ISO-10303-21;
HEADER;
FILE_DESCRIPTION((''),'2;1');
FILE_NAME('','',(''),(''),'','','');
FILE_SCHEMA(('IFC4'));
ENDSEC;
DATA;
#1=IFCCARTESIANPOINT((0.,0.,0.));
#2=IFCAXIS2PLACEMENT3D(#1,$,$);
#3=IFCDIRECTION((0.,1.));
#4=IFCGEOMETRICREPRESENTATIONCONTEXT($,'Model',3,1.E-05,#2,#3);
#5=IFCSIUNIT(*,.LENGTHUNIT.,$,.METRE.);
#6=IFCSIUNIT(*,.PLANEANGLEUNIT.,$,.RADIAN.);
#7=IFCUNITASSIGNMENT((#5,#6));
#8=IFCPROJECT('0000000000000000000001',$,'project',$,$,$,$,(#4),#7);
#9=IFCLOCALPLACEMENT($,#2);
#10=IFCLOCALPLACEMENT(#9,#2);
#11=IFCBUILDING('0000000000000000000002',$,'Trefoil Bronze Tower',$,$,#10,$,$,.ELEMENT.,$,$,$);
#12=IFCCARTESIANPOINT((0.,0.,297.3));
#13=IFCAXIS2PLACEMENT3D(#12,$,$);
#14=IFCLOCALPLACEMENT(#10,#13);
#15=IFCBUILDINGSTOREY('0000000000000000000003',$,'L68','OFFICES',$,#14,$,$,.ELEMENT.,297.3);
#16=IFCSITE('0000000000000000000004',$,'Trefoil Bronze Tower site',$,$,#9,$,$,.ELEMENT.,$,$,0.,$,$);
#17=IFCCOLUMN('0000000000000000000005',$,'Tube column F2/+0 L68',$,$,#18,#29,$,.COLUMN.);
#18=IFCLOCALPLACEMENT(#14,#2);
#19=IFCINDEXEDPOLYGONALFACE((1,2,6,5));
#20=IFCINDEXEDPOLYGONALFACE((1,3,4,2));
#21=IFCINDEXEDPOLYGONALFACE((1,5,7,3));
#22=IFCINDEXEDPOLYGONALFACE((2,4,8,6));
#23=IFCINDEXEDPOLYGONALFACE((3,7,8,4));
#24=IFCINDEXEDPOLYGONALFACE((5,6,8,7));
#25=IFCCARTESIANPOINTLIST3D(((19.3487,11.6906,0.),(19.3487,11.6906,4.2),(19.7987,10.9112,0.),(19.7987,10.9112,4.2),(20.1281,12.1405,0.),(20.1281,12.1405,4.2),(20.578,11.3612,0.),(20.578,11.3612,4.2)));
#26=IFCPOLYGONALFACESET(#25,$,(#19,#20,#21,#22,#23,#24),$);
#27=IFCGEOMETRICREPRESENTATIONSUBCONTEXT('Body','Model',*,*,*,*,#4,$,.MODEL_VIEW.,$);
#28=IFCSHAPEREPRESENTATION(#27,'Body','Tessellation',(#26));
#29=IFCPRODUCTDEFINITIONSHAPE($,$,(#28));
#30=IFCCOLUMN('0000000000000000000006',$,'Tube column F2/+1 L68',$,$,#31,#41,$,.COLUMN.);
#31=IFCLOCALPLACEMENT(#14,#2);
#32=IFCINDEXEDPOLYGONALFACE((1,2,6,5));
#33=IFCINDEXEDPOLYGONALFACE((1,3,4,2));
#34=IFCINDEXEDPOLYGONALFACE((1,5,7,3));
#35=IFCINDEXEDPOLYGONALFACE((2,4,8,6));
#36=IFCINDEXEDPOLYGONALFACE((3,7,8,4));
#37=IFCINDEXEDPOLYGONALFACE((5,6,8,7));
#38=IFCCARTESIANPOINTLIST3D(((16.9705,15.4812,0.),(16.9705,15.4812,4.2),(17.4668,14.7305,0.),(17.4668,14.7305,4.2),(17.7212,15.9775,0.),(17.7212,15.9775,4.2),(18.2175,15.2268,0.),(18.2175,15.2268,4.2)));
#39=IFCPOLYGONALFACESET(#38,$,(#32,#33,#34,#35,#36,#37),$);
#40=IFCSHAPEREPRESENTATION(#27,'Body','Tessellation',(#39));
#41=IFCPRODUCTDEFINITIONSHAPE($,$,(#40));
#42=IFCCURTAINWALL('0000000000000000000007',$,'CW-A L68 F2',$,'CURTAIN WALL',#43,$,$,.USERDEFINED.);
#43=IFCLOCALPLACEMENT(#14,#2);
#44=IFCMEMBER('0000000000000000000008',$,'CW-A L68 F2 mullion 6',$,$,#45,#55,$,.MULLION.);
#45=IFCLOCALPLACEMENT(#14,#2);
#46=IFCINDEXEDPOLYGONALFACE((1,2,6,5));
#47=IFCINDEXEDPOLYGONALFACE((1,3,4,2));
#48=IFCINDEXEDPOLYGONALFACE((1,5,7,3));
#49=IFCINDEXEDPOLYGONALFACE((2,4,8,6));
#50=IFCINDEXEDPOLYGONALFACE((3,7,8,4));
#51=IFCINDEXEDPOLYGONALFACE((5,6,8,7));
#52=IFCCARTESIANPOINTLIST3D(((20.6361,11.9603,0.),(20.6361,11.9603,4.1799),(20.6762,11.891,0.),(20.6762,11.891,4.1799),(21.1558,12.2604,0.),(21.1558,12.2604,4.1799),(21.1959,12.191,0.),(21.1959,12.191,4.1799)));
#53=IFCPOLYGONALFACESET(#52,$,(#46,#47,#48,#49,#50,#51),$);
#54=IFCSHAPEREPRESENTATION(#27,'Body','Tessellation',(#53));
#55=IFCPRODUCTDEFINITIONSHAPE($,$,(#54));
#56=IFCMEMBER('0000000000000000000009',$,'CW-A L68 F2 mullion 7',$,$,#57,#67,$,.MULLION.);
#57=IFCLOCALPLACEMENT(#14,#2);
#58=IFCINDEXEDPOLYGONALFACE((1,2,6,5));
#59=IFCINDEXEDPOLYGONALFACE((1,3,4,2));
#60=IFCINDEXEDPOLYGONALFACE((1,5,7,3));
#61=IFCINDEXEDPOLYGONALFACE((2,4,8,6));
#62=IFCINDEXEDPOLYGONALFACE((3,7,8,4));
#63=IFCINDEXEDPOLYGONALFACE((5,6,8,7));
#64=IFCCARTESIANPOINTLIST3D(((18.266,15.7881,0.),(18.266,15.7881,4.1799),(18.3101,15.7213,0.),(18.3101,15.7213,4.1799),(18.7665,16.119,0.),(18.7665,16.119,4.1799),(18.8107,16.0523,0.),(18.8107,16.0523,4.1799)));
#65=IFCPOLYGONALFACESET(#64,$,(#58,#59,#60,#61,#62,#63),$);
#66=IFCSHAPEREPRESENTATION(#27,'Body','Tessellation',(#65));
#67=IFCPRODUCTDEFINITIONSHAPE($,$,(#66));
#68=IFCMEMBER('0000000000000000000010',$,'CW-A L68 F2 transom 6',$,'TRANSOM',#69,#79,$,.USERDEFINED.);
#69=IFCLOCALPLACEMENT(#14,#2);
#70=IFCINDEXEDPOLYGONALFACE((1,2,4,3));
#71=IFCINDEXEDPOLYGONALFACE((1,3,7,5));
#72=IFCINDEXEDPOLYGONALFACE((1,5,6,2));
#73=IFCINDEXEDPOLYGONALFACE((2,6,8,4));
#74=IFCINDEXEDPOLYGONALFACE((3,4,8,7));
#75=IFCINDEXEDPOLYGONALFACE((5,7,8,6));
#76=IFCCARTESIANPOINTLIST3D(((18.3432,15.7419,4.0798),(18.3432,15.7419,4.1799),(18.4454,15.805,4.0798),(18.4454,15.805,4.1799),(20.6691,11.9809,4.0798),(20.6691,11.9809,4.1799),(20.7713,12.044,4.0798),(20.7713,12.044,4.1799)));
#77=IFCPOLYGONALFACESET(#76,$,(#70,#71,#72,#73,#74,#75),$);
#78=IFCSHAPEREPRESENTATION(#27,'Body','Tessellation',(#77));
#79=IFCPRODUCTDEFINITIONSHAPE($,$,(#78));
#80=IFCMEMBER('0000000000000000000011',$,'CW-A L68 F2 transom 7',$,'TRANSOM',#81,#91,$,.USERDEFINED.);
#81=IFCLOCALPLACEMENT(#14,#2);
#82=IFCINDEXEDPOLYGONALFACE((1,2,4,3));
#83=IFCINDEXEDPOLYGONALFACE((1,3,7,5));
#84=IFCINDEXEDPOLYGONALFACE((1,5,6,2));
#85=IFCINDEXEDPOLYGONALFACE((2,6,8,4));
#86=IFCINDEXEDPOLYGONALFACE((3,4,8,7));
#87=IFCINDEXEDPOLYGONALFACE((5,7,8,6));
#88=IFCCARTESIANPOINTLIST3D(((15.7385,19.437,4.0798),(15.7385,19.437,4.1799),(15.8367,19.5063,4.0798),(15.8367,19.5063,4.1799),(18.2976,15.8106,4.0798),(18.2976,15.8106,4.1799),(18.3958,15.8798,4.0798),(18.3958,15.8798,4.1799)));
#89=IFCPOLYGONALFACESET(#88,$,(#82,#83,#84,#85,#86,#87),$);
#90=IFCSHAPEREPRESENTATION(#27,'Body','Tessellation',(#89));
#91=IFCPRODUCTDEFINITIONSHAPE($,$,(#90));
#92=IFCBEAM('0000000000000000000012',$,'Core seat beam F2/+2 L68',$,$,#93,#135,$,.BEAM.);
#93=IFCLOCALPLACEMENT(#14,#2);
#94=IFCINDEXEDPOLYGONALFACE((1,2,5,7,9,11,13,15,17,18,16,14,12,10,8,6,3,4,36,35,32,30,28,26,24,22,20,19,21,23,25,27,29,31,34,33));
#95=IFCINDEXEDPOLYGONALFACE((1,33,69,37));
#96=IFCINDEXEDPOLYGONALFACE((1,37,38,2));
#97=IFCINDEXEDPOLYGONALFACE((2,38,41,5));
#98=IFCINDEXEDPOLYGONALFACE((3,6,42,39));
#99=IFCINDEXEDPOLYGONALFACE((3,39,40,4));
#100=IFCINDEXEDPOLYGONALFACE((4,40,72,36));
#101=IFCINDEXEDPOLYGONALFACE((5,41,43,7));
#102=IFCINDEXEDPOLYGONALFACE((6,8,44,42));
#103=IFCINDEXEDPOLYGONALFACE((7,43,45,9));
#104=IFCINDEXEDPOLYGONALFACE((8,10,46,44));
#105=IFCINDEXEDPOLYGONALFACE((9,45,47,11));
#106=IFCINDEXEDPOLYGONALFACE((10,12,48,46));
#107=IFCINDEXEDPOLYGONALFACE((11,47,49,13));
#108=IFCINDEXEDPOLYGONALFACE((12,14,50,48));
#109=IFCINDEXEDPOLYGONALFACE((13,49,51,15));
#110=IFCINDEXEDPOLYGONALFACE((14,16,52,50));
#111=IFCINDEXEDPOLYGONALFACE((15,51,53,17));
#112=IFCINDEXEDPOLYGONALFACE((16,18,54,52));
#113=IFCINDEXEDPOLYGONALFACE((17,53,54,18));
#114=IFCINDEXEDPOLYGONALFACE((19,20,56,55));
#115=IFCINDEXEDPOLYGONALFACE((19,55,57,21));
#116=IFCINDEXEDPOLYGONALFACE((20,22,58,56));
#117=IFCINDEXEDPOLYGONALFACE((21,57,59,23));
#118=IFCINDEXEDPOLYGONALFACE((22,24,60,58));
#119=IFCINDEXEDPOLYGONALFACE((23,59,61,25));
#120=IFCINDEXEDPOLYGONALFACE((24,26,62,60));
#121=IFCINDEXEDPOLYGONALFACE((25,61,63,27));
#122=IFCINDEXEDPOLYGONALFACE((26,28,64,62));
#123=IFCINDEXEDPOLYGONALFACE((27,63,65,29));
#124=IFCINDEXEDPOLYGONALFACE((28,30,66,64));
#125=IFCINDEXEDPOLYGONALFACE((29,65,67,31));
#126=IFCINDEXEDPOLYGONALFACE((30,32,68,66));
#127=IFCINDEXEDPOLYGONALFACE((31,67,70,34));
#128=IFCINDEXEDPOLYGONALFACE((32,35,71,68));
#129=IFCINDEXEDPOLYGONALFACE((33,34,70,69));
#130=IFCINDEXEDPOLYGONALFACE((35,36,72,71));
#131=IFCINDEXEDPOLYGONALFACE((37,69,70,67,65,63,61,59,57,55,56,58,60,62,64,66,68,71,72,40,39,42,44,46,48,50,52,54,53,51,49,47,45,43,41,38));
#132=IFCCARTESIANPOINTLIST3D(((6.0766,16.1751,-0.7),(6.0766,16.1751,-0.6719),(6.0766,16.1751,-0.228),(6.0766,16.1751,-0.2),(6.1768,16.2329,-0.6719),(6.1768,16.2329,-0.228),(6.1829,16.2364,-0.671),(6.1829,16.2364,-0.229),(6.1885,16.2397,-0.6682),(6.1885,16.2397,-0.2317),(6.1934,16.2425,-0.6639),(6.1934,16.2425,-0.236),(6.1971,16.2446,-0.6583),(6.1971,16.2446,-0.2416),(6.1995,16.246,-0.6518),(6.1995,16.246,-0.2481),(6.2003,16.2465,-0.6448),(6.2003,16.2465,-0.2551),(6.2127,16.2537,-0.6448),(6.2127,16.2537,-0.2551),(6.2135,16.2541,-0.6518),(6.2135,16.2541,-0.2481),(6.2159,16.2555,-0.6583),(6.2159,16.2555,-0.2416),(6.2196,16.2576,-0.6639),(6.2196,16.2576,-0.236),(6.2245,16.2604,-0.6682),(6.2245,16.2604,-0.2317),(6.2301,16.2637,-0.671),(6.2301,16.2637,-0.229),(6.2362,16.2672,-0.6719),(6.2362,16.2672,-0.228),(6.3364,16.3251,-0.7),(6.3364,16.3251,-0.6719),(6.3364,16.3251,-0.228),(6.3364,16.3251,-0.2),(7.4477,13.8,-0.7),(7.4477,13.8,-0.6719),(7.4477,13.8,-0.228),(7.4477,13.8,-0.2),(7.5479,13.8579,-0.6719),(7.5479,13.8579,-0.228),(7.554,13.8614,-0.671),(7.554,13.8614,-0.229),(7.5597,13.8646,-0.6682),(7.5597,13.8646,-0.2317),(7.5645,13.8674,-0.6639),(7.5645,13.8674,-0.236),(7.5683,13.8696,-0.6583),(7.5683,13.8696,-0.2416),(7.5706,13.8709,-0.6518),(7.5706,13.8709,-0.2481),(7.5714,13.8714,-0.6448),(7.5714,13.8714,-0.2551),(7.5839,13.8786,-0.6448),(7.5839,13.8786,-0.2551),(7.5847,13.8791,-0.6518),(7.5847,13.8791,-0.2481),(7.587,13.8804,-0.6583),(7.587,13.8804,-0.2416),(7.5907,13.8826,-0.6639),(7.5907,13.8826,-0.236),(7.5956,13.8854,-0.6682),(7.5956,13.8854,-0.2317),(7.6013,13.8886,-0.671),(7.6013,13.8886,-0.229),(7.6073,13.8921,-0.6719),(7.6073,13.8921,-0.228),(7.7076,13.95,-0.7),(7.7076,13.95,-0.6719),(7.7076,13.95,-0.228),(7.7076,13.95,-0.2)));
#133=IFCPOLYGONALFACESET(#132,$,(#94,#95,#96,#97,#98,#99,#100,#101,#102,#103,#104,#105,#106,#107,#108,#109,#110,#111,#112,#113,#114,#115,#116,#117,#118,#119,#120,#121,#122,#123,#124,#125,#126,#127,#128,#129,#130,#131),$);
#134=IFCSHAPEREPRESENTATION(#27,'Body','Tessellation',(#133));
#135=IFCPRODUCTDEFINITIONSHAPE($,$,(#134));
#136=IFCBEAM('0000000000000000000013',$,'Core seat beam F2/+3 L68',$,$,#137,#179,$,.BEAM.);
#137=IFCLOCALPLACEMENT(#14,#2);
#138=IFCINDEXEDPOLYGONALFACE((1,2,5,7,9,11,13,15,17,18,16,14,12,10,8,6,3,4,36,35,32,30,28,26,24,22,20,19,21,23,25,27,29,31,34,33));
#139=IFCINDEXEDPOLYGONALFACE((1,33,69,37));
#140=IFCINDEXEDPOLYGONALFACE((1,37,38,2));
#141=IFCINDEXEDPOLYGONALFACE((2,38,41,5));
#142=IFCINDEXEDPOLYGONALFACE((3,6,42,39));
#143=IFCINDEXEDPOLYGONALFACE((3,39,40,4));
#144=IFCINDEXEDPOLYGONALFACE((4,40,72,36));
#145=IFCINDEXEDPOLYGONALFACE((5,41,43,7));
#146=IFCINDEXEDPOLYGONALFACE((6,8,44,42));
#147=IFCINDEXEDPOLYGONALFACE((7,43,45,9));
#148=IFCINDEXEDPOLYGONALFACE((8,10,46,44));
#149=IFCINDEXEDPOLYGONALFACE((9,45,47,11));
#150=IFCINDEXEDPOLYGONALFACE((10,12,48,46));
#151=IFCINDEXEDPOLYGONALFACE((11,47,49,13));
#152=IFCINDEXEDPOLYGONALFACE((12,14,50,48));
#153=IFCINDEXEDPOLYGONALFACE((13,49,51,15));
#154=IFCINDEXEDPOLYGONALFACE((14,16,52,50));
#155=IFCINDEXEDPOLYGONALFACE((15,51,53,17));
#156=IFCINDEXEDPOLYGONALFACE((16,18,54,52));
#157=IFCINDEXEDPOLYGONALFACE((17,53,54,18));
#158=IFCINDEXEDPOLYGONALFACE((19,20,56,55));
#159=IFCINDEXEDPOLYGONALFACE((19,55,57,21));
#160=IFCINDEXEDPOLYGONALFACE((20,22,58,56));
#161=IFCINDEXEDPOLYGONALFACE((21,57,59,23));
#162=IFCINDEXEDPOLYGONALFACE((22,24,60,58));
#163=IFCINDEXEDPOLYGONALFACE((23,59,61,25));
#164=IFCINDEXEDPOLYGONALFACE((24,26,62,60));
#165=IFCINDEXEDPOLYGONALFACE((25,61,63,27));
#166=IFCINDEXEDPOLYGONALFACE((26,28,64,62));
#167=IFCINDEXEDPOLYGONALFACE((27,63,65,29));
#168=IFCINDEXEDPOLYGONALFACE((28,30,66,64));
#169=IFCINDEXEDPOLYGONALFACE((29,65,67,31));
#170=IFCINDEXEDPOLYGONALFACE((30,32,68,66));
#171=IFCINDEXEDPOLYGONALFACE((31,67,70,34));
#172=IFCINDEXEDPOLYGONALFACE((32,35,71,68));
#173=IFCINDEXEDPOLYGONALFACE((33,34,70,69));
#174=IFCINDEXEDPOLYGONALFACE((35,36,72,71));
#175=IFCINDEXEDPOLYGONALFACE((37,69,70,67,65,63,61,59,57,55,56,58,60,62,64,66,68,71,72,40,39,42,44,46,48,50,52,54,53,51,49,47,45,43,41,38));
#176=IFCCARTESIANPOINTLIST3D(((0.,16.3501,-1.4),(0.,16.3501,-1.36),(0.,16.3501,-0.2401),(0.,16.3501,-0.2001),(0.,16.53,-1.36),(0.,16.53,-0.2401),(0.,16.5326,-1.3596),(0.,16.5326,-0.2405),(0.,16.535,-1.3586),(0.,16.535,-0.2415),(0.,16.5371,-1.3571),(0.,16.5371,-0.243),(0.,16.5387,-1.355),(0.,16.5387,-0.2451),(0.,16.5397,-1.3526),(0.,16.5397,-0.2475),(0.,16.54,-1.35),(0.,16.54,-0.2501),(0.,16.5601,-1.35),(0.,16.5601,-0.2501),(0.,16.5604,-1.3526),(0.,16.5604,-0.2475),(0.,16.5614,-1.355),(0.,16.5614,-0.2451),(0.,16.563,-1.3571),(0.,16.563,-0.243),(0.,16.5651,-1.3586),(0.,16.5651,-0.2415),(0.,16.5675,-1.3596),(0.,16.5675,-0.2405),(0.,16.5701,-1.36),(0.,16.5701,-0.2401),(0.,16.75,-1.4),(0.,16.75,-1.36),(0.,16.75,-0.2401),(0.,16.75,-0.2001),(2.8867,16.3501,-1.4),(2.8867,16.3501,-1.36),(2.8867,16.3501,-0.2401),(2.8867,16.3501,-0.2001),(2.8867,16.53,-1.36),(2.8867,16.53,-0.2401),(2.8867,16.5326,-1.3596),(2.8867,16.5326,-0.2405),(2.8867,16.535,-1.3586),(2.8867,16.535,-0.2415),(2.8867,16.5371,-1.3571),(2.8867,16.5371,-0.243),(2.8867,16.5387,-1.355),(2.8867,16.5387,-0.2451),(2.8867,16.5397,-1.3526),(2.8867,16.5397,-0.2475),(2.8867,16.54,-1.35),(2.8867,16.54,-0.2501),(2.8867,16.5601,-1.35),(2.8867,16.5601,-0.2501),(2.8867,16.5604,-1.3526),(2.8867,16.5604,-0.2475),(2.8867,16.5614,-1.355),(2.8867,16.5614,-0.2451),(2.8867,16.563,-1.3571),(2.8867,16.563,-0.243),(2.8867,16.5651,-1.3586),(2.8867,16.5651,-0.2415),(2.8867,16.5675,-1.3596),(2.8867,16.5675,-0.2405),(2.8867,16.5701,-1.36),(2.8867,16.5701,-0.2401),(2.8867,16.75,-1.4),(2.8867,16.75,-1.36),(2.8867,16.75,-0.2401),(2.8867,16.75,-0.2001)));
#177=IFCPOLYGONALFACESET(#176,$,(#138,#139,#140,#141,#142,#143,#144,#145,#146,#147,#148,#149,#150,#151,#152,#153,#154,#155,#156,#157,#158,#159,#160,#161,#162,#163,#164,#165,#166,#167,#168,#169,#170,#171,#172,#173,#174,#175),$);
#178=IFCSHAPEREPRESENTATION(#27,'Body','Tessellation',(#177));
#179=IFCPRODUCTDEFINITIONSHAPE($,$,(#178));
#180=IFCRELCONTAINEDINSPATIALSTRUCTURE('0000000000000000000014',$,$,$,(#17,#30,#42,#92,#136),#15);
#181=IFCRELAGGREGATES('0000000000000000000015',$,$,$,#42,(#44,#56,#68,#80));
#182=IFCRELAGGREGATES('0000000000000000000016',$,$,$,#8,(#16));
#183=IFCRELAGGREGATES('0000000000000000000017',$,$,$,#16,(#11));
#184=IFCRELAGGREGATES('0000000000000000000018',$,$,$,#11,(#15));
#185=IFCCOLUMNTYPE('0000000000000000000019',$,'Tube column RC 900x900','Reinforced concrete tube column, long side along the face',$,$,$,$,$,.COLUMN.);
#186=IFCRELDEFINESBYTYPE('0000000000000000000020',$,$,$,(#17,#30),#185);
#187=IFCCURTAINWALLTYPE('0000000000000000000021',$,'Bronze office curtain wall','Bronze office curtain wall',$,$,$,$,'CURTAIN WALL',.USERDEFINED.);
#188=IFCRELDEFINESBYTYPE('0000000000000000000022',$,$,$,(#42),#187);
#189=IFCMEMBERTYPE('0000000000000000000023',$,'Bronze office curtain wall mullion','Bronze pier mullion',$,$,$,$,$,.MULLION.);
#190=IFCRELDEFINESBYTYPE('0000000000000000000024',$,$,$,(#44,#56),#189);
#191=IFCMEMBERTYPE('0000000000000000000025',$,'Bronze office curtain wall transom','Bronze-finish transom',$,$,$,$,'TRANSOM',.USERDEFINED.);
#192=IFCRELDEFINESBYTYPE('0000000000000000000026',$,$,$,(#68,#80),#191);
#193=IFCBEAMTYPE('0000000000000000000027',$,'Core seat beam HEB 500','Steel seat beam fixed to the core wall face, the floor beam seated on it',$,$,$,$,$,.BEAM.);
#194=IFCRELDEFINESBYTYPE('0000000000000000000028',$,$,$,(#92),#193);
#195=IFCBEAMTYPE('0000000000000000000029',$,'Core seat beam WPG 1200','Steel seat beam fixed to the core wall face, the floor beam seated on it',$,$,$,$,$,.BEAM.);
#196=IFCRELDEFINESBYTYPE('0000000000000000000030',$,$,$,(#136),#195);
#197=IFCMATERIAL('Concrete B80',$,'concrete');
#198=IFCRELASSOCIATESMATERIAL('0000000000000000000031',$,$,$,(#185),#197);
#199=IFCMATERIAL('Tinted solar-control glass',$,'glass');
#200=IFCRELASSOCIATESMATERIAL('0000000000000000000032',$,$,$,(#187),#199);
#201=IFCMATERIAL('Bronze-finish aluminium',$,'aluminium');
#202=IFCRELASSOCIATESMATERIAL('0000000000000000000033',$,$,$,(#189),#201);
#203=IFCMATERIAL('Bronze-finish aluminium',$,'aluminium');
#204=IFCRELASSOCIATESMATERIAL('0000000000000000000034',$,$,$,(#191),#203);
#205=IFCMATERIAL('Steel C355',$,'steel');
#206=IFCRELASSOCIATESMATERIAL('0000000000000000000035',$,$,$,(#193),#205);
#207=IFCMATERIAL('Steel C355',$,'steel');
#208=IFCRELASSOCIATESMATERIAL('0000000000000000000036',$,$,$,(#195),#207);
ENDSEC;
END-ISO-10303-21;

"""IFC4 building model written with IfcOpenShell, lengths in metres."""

from ifc_helpers import new_model, si_unit, direction, frame, origin, origin_2d, place, context, subcontext, project, spatial, rectangle, i_section, extrude, material, material_profile, profile_set, type_object, element, aggregate, save


model = new_model("IFC4")

# Units and contexts
model_context = context("Model", 3, precision=1e-05, world=origin(), true_north=direction((0.0, 1.0)))
body_context = subcontext(model_context, "Body", "Model", "MODEL_VIEW")
ifc_project = project(units=[si_unit("LENGTHUNIT", "METRE"), si_unit("PLANEANGLEUNIT", "RADIAN")], contexts=[model_context])

# Site, building, storey
site_placement = place(None, origin())
site = spatial("IfcSite", under=ifc_project, at=site_placement, Name="Trefoil Bronze Tower site", CompositionType="ELEMENT", RefElevation=0.0)
building_placement = place(site_placement, origin())
building = spatial("IfcBuilding", under=site, at=building_placement, Name="Trefoil Bronze Tower", CompositionType="ELEMENT")
storey_placement = place(building_placement, frame((0.0, 0.0, 297.3)))
storey = spatial("IfcBuildingStorey", under=building, at=storey_placement, Name="L68", Description="OFFICES", CompositionType="ELEMENT", Elevation=297.3)

# Columns
ifc_material_1 = material(Name="Concrete B80", Category="concrete")
ifc_material_profile_1 = material_profile(ifc_material_1, rectangle(XDim=0.8999, YDim=0.8999, at=origin_2d()), Name="RC 900x900")
ifc_profile_set_1 = profile_set([ifc_material_profile_1], Name="Concrete B80")
column_type = type_object("IfcColumnType", Name="Tube column RC 900x900", Description="Reinforced concrete tube column, long side along the face", PredefinedType="COLUMN", material=ifc_profile_set_1)
for number, where, z_axis, x_axis, name in (
    (1, (19.9634, 11.5259, 0.0), (0.0, 0.0, 1.0), (-0.5, 0.866025, 0.0), "Tube column F2/+0 L68"),
    (2, (17.594, 15.354, 0.0), (0.0, 0.0, 1.0), (-0.551524, 0.834159, 0.0), "Tube column F2/+1 L68"),
):
    element("IfcColumn", number, at=place(storey_placement, frame(where, z_axis=z_axis, x_axis=x_axis)), inside=storey, type_object=column_type, Name=name, PredefinedType="COLUMN", context=body_context, shape_type="SweptSolid", body=[
        extrude(rectangle(XDim=0.8999, YDim=0.8999, at=origin_2d()), origin(), (0.0, 0.0, 1.0), 4.2),
    ])

# Curtain wall, members
ifc_material_2 = material(Name="Tinted solar-control glass", Category="glass")
curtain_wall_type = type_object("IfcCurtainWallType", Name="Bronze office curtain wall", Description="Bronze office curtain wall", ElementType="CURTAIN WALL", PredefinedType="USERDEFINED", material=ifc_material_2)
curtain_wall_placement = place(storey_placement, origin())
curtain_wall = element("IfcCurtainWall", 3, at=curtain_wall_placement, inside=storey, type_object=curtain_wall_type, Name="CW-A L68 F2", ObjectType="CURTAIN WALL", PredefinedType="USERDEFINED")
ifc_material_3 = material(Name="Bronze-finish aluminium", Category="aluminium")
ifc_material_profile_2 = material_profile(ifc_material_3, rectangle(XDim=0.6001, YDim=0.0801, at=origin_2d()), Name="CW-A mullion")
ifc_profile_set_2 = profile_set([ifc_material_profile_2], Name="Bronze-finish aluminium")
member_type_1 = type_object("IfcMemberType", Name="Bronze office curtain wall mullion", Description="Bronze pier mullion", PredefinedType="MULLION", material=ifc_profile_set_2)
member_1_placement = place(storey_placement, frame((20.916, 12.0757, 0.0), z_axis=(0.0, 0.0, 1.0), x_axis=(-0.866025, -0.5, 0.0)))
member_1 = element("IfcMember", 4, at=member_1_placement, type_object=member_type_1, Name="CW-A L68 F2 mullion 6", PredefinedType="MULLION", context=body_context, shape_type="SweptSolid", body=[
    extrude(rectangle(XDim=0.6001, YDim=0.0801, at=origin_2d()), origin(), (0.0, 0.0, 1.0), 4.1799),
])
member_2_placement = place(storey_placement, frame((18.5383, 15.9202, 0.0), z_axis=(0.0, 0.0, 1.0), x_axis=(-0.834159, -0.551524, 0.0)))
member_2 = element("IfcMember", 5, at=member_2_placement, type_object=member_type_1, Name="CW-A L68 F2 mullion 7", PredefinedType="MULLION", context=body_context, shape_type="SweptSolid", body=[
    extrude(rectangle(XDim=0.6001, YDim=0.0801, at=origin_2d()), origin(), (0.0, 0.0, 1.0), 4.1799),
])
ifc_material_4 = material(Name="Bronze-finish aluminium", Category="aluminium")
ifc_material_profile_3 = material_profile(ifc_material_4, rectangle(XDim=0.1201, YDim=0.1001, at=origin_2d()), Name="CW-A transom")
ifc_profile_set_3 = profile_set([ifc_material_profile_3], Name="Bronze-finish aluminium")
member_type_2 = type_object("IfcMemberType", Name="Bronze office curtain wall transom", Description="Bronze-finish transom", ElementType="TRANSOM", PredefinedType="USERDEFINED", material=ifc_profile_set_3)
member_3_placement = place(storey_placement, frame((20.7202, 12.0125, 4.1299), z_axis=(-0.525978, 0.850498, 0.0), x_axis=(-0.850498, -0.525978, 0.0)))
member_3 = element("IfcMember", 6, at=member_3_placement, type_object=member_type_2, Name="CW-A L68 F2 transom 6", ObjectType="TRANSOM", PredefinedType="USERDEFINED", context=body_context, shape_type="SweptSolid", body=[
    extrude(rectangle(XDim=0.1201, YDim=0.1001, at=origin_2d()), origin(), (0.0, 0.0, 1.0), 4.4221),
])
member_4_placement = place(storey_placement, frame((18.3467, 15.8452, 4.1299), z_axis=(-0.576567, 0.81705, 0.0), x_axis=(-0.81705, -0.576567, 0.0)))
member_4 = element("IfcMember", 7, at=member_4_placement, type_object=member_type_2, Name="CW-A L68 F2 transom 7", ObjectType="TRANSOM", PredefinedType="USERDEFINED", context=body_context, shape_type="SweptSolid", body=[
    extrude(rectangle(XDim=0.1201, YDim=0.1001, at=origin_2d()), origin(), (0.0, 0.0, 1.0), 4.4385),
])

# Beams
ifc_material_5 = material(Name="Steel C355", Category="steel")
ifc_material_profile_4 = material_profile(ifc_material_5, i_section(OverallWidth=0.3, OverallDepth=0.5, WebThickness=0.0144, FlangeThickness=0.0281, FilletRadius=0.0271, at=origin_2d()), Name="HEB 500")
ifc_profile_set_4 = profile_set([ifc_material_profile_4], Name="Steel C355")
beam_type_1 = type_object("IfcBeamType", Name="Core seat beam HEB 500", Description="Steel seat beam fixed to the core wall face, the floor beam seated on it", PredefinedType="BEAM", material=ifc_profile_set_4)
beam_1_placement = place(storey_placement, frame((7.5776, 13.875, -0.45), z_axis=(-0.499969, 0.866043, 0.0), x_axis=(-0.866043, -0.499969, 0.0)))
element("IfcBeam", 8, at=beam_1_placement, inside=storey, type_object=beam_type_1, Name="Core seat beam F2/+2 L68", PredefinedType="BEAM", context=body_context, shape_type="SweptSolid", body=[
    extrude(i_section(OverallWidth=0.3, OverallDepth=0.5, WebThickness=0.0144, FlangeThickness=0.0281, FilletRadius=0.0271, at=origin_2d()), origin(), (0.0, 0.0, 1.0), 2.7424),
])
ifc_material_6 = material(Name="Steel C355", Category="steel")
ifc_material_profile_5 = material_profile(ifc_material_6, i_section(OverallWidth=0.3999, OverallDepth=1.2, WebThickness=0.02, FlangeThickness=0.04, FilletRadius=0.01, at=origin_2d()), Name="WPG 1200")
ifc_profile_set_5 = profile_set([ifc_material_profile_5], Name="Steel C355")
beam_type_2 = type_object("IfcBeamType", Name="Core seat beam WPG 1200", Description="Steel seat beam fixed to the core wall face, the floor beam seated on it", PredefinedType="BEAM", material=ifc_profile_set_5)
beam_2_placement = place(storey_placement, frame((2.8867, 16.55, -0.8), z_axis=(-1.0, 0.0, 0.0), x_axis=(0.0, -1.0, 0.0)))
element("IfcBeam", 9, at=beam_2_placement, inside=storey, type_object=beam_type_2, Name="Core seat beam F2/+3 L68", PredefinedType="BEAM", context=body_context, shape_type="SweptSolid", body=[
    extrude(i_section(OverallWidth=0.3999, OverallDepth=1.2, WebThickness=0.02, FlangeThickness=0.04, FilletRadius=0.01, at=origin_2d()), origin(), (0.0, 0.0, 1.0), 2.8867),
])

aggregate(curtain_wall, [member_1, member_2, member_3, member_4])

save(model, "model.ifc")
